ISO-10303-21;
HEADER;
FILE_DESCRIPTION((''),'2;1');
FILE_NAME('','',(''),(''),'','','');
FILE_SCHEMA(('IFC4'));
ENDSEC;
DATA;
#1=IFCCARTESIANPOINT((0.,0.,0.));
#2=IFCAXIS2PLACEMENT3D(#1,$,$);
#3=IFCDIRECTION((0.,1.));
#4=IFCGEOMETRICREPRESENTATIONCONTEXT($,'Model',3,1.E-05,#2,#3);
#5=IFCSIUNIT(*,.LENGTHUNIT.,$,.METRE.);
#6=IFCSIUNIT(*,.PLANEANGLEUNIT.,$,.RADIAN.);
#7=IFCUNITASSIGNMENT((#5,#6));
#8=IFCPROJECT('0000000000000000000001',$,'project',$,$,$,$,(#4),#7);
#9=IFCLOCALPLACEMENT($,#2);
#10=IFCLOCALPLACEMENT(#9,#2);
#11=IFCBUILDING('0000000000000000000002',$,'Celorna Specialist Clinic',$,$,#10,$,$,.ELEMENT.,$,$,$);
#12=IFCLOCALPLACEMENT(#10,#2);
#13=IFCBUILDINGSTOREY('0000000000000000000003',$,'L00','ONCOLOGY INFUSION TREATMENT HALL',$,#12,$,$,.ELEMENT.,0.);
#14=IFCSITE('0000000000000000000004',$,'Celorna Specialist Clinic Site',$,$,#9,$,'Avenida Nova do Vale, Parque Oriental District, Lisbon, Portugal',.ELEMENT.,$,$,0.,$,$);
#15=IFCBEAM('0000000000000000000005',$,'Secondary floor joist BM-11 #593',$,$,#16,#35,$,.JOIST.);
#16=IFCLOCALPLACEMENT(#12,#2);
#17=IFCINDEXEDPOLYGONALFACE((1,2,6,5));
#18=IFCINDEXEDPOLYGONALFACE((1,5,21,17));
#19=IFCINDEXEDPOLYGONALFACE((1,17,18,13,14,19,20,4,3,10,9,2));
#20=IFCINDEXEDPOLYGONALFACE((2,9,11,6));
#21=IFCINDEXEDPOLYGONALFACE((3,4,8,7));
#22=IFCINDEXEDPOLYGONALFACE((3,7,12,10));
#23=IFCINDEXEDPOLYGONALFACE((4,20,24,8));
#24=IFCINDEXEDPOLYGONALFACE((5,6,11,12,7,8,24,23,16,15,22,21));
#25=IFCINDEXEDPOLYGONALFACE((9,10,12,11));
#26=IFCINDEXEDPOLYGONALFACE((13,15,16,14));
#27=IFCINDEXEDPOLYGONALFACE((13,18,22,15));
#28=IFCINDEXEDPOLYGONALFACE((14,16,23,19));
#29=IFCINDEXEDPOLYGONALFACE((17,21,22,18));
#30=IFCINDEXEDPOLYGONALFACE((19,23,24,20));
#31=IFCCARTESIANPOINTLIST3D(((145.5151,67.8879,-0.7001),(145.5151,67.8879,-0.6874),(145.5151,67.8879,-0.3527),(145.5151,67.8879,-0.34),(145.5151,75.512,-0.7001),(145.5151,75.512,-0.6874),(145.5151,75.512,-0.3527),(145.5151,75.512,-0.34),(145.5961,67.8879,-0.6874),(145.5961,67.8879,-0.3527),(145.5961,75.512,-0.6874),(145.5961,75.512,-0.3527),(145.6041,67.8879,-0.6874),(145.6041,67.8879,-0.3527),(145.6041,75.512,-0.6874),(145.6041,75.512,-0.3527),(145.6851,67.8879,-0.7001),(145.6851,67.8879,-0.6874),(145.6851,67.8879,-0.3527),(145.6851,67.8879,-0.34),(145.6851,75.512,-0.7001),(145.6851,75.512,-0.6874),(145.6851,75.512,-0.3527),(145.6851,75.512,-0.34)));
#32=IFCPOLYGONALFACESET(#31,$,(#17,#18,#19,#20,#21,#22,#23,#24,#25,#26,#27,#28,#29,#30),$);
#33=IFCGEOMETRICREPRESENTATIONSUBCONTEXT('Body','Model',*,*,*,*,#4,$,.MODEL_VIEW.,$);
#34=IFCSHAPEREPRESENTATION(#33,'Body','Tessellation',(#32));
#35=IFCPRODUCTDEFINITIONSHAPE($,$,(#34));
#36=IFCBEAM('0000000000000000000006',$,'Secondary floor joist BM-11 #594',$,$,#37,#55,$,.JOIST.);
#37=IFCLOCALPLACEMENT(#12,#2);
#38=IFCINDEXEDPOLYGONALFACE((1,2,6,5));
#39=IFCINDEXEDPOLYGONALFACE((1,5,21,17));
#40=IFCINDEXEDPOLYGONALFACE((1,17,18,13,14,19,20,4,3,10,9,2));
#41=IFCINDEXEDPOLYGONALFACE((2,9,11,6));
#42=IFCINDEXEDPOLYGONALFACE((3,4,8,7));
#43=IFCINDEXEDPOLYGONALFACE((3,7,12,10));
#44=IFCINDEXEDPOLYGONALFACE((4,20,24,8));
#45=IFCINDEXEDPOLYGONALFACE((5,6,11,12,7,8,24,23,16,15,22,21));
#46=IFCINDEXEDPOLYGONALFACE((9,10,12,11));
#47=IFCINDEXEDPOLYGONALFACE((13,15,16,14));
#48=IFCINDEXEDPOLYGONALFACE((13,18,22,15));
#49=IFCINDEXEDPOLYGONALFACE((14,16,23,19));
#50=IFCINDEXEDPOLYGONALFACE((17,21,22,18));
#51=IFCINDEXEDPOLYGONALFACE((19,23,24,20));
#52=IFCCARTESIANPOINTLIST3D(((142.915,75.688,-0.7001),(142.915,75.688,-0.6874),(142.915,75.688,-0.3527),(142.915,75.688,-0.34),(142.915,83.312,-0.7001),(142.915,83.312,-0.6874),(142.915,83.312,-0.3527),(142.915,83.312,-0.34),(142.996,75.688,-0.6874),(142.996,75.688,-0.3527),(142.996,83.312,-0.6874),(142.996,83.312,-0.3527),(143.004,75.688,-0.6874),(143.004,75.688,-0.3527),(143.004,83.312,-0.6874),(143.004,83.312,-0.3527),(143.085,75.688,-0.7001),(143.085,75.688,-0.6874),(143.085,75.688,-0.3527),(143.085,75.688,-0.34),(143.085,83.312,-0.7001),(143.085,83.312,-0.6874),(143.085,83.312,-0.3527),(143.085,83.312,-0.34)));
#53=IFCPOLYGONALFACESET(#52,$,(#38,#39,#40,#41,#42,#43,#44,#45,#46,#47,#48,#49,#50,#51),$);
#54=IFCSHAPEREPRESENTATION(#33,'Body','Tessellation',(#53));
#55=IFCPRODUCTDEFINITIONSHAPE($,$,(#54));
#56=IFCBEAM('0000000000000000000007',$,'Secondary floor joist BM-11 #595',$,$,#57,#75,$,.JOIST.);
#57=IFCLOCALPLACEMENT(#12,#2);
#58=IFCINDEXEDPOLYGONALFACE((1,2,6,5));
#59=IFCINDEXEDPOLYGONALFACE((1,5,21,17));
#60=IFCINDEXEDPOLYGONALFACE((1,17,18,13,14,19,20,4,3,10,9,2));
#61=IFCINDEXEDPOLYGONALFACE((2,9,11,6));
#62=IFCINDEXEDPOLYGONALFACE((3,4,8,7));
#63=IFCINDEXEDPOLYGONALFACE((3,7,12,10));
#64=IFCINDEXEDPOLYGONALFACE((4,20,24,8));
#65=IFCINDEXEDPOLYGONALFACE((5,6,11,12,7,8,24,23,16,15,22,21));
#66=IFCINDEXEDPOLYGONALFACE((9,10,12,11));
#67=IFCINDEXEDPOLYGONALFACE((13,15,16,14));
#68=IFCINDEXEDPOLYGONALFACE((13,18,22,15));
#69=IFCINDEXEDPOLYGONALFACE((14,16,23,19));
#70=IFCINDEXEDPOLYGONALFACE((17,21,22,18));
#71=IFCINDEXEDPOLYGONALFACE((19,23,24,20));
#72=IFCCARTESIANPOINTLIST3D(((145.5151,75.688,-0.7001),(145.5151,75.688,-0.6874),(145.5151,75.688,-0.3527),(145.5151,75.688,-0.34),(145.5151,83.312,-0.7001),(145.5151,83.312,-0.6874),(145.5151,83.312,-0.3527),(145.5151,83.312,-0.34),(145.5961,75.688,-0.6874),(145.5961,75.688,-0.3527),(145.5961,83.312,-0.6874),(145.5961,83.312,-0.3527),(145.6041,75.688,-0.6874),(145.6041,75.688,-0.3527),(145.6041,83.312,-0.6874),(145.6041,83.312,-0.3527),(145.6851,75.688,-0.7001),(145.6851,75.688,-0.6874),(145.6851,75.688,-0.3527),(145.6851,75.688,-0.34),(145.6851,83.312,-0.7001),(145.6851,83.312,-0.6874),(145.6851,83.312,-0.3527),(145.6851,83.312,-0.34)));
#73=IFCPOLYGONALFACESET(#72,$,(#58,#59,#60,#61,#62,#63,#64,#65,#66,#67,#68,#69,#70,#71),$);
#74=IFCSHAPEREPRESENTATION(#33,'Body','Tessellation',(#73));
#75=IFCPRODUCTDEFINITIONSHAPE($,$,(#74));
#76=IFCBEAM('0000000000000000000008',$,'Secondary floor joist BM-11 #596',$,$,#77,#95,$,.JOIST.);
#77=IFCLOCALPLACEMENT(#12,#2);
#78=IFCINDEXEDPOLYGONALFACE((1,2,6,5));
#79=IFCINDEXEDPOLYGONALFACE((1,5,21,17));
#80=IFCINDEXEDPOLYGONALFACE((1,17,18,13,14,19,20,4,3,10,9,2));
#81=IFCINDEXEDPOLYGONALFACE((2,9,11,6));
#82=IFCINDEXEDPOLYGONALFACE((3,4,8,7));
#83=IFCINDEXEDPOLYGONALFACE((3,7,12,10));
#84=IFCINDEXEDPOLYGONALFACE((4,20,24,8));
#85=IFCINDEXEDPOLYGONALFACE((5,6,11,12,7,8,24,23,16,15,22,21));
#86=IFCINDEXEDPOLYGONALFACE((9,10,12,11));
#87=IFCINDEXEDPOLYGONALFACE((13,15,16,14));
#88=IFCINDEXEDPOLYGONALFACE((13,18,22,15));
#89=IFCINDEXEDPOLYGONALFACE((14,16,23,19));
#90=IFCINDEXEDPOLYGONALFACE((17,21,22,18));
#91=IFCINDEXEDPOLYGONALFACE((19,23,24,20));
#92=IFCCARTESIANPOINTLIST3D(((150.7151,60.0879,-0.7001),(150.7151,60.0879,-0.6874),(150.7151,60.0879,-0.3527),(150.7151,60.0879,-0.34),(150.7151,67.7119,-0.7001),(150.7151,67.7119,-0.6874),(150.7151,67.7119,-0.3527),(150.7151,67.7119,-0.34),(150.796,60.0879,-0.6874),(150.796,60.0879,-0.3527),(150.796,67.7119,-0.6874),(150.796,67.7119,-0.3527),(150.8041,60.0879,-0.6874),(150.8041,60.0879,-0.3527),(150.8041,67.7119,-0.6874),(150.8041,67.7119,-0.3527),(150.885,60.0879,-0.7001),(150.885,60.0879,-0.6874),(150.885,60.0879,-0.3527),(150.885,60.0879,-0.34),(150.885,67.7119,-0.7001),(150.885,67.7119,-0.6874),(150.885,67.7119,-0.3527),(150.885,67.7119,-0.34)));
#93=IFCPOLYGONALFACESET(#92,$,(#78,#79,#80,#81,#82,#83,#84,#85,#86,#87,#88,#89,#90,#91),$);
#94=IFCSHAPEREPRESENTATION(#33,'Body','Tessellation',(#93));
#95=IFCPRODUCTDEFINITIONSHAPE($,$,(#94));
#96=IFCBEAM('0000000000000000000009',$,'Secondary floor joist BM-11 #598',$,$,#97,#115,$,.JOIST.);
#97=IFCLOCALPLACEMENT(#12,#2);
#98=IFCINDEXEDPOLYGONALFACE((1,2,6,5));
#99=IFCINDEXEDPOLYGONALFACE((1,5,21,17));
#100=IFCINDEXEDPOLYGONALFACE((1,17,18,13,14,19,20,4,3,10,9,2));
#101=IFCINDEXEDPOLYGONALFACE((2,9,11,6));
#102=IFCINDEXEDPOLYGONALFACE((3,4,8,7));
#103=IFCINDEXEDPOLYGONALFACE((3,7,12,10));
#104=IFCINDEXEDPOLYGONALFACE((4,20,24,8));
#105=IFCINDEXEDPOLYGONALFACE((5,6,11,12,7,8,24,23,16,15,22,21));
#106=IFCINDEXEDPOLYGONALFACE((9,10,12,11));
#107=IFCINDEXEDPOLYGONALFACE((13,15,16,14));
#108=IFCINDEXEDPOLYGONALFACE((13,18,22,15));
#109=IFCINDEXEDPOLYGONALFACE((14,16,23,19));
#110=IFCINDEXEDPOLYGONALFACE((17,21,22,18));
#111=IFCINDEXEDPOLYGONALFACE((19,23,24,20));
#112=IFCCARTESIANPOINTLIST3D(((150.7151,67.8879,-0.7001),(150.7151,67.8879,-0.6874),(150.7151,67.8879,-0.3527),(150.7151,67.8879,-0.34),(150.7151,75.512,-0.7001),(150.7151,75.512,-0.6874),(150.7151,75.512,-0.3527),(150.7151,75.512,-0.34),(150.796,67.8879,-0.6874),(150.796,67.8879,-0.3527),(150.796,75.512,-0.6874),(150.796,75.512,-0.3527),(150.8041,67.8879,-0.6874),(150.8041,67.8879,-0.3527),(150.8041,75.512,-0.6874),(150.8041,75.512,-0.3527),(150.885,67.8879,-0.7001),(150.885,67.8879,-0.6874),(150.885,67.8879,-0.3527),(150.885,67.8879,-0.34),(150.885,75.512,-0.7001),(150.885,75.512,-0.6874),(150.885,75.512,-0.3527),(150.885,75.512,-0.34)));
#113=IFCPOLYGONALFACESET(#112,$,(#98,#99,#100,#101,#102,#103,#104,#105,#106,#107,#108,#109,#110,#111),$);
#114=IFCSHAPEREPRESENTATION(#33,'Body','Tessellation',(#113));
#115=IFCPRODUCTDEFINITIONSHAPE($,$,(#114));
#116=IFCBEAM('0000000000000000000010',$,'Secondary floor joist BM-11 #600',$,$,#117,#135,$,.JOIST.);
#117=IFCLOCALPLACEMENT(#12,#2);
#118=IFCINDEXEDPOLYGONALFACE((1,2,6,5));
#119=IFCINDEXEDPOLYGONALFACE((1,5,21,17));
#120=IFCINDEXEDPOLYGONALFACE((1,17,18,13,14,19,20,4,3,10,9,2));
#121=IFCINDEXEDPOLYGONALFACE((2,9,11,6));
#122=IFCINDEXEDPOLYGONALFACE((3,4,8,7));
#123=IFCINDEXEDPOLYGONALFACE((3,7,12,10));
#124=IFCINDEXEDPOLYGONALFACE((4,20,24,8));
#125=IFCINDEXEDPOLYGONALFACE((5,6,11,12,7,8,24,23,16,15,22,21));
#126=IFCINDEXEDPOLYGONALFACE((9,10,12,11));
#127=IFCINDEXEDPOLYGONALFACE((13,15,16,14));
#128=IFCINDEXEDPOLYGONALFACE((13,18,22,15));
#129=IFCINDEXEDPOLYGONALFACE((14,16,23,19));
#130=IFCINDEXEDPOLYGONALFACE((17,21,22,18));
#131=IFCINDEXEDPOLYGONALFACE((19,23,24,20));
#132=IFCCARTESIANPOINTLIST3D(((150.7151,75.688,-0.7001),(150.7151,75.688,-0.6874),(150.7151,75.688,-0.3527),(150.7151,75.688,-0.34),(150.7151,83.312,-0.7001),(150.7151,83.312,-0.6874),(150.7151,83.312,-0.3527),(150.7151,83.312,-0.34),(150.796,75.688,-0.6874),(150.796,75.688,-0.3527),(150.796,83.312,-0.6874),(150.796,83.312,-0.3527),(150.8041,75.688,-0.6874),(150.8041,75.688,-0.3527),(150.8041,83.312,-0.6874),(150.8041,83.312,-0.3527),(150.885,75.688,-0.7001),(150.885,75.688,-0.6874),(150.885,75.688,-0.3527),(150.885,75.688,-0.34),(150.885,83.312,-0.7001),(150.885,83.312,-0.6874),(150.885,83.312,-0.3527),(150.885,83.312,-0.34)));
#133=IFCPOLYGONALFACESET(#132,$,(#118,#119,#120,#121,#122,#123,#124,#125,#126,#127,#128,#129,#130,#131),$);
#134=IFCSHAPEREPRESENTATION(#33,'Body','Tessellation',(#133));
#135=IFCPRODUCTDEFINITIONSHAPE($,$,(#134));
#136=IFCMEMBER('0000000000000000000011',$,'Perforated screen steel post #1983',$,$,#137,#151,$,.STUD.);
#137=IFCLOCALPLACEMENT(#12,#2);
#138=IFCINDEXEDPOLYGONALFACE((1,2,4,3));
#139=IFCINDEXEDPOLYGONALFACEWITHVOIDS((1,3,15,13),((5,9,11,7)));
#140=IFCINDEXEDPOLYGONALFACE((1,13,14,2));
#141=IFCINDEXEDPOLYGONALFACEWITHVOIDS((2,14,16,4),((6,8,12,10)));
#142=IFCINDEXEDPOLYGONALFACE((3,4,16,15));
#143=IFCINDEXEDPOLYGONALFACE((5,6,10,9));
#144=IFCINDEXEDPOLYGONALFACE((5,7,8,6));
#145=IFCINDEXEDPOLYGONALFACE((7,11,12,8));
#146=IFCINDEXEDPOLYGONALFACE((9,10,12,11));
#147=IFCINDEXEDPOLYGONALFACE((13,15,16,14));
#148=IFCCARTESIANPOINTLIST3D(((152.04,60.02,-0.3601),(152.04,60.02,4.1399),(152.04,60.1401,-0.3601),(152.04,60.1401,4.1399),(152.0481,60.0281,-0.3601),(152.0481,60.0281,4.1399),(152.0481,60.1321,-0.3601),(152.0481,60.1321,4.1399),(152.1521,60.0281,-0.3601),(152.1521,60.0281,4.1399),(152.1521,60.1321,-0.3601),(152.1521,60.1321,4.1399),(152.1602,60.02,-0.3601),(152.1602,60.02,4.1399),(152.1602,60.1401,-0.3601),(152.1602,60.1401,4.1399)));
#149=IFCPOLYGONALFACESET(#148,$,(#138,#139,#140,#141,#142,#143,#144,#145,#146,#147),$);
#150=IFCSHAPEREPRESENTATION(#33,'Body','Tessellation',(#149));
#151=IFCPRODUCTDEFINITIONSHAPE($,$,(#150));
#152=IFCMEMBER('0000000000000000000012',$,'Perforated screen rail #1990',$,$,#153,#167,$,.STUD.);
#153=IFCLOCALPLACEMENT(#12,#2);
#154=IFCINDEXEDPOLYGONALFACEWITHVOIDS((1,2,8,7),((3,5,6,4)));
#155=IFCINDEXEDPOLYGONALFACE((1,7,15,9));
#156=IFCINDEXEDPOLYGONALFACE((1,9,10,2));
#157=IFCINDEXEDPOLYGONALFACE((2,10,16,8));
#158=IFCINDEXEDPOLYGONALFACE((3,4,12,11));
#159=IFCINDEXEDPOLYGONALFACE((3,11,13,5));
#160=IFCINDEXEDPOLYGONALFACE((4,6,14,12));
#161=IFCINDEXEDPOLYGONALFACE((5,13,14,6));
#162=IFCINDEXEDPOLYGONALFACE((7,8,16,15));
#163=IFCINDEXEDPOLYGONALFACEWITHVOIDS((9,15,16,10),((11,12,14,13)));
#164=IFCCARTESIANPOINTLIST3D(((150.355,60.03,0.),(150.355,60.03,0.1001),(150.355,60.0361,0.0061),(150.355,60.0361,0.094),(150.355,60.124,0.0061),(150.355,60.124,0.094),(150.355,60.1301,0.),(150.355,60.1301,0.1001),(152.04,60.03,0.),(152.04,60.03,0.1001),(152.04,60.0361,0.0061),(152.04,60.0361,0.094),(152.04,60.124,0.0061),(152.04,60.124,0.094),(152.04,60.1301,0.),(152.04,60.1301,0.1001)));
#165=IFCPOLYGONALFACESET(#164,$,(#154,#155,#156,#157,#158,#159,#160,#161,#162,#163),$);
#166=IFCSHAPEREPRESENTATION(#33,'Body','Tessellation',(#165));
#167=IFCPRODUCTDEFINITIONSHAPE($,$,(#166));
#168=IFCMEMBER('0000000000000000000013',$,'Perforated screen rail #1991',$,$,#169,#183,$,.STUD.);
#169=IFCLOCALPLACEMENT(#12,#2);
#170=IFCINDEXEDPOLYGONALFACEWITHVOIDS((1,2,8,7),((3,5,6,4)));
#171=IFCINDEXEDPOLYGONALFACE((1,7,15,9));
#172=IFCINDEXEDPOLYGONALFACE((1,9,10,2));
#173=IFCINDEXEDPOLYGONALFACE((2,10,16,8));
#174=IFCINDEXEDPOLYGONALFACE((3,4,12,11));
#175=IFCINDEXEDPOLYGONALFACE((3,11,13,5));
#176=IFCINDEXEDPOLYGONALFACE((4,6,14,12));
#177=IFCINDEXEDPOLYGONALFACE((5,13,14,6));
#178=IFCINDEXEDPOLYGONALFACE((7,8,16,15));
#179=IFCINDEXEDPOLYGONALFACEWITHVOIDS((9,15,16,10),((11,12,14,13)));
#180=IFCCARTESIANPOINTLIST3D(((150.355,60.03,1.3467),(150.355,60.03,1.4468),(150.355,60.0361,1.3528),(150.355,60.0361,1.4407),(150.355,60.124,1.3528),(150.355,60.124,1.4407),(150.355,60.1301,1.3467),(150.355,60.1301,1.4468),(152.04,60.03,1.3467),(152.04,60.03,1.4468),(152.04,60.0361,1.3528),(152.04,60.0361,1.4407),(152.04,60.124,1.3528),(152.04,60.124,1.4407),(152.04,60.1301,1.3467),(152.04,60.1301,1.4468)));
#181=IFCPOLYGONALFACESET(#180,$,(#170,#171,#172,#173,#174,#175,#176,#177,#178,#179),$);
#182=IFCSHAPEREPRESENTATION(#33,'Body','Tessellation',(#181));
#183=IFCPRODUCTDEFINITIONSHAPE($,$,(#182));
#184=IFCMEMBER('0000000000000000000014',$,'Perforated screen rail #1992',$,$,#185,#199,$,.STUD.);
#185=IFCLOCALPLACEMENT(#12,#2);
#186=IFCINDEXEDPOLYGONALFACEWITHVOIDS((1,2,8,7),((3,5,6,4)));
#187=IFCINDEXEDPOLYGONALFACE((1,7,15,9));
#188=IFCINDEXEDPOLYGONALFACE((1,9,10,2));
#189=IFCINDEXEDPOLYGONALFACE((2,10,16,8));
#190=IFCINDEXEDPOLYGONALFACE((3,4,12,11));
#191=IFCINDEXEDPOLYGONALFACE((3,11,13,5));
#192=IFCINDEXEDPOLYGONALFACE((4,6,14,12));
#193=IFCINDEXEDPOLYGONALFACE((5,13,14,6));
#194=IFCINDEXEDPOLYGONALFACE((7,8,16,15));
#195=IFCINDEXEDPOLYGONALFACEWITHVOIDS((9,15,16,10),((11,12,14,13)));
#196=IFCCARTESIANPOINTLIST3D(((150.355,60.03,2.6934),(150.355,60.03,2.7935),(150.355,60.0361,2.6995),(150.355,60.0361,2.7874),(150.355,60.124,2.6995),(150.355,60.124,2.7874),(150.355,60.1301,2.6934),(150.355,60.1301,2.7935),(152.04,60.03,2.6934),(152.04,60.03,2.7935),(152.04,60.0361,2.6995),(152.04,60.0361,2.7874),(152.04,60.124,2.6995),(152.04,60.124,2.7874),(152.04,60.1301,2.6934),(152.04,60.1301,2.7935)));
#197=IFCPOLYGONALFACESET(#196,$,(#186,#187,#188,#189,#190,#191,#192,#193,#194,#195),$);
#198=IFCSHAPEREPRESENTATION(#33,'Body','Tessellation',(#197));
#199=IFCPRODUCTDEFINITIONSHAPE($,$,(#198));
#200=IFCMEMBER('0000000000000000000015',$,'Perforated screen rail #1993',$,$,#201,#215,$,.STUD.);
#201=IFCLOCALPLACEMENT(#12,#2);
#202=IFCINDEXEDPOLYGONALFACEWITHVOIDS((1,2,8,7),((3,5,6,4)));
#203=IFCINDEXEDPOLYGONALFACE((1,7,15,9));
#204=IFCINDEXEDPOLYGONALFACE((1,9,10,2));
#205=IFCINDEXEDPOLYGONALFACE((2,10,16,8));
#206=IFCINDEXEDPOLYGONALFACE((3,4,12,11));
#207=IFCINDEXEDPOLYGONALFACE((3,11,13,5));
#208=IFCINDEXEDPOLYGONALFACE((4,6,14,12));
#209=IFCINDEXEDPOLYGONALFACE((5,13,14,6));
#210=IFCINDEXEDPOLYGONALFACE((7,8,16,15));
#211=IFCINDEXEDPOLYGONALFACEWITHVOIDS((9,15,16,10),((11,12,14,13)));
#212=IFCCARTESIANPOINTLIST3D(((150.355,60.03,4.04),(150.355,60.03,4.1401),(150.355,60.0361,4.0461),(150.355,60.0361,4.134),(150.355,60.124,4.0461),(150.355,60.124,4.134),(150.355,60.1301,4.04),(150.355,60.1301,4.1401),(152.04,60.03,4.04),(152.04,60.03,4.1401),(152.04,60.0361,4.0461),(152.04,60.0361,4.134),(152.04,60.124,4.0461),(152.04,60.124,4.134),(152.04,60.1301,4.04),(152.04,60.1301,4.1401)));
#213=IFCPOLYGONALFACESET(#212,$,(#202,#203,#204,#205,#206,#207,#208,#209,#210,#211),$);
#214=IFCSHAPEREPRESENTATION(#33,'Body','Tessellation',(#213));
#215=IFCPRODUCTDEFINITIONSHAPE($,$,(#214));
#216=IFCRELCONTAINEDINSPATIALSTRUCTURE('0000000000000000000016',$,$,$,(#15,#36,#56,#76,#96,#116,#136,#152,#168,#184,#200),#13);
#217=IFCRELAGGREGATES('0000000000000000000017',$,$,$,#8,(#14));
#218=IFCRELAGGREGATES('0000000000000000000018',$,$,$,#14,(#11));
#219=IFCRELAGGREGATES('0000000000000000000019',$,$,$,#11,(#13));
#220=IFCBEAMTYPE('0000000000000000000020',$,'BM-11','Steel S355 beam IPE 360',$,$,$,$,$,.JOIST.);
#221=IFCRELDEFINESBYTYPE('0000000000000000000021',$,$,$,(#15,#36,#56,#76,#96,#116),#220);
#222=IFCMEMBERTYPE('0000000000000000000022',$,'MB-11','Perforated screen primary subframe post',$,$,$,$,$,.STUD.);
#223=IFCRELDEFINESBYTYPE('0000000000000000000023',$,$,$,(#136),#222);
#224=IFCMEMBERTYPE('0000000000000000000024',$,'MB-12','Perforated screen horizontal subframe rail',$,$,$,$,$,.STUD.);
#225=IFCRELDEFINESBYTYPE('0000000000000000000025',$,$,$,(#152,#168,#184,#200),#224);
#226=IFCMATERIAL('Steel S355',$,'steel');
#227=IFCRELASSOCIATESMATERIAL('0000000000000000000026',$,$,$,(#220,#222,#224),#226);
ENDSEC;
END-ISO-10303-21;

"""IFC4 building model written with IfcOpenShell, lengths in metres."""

from ifc_helpers import new_model, si_unit, direction, frame, origin, origin_2d, place, context, subcontext, project, spatial, hollow_rectangle, i_section, extrude, material, material_profile, profile_set, type_object, element, save


model = new_model("IFC4")

# Units and contexts
model_context = context("Model", 3, precision=1e-05, world=origin(), true_north=direction((0.0, 1.0)))
body_context = subcontext(model_context, "Body", "Model", "MODEL_VIEW")
ifc_project = project(units=[si_unit("LENGTHUNIT", "METRE"), si_unit("PLANEANGLEUNIT", "RADIAN")], contexts=[model_context])

# Site, building, storey
site_placement = place(None, origin())
site = spatial("IfcSite", under=ifc_project, at=site_placement, Name="Celorna Specialist Clinic Site", LongName="Avenida Nova do Vale, Parque Oriental District, Lisbon, Portugal", CompositionType="ELEMENT", RefElevation=0.0)
building_placement = place(site_placement, origin())
building = spatial("IfcBuilding", under=site, at=building_placement, Name="Celorna Specialist Clinic", CompositionType="ELEMENT")
storey_placement = place(building_placement, origin())
storey = spatial("IfcBuildingStorey", under=building, at=storey_placement, Name="L00", Description="ONCOLOGY INFUSION TREATMENT HALL", CompositionType="ELEMENT", Elevation=0.0)

# Shared definitions
ifc_material_1 = material(Name="Steel S355", Category="steel")

# Beams
ifc_material_profile_1 = material_profile(ifc_material_1, i_section(OverallWidth=0.1699, OverallDepth=0.3601, WebThickness=0.0081, FlangeThickness=0.0127, at=origin_2d()), Name="IPE 360")
ifc_profile_set_1 = profile_set([ifc_material_profile_1], Name="Steel S355")
beam_type_1 = type_object("IfcBeamType", Name="BM-11", Description="Steel S355 beam IPE 360", PredefinedType="JOIST", material=ifc_profile_set_1)
for number, where, z_axis, x_axis, name in (
    (1, (145.6001, 67.8879, -0.52), (0.0, 1.0, 0.0), (-1.0, 0.0, 0.0), "Secondary floor joist BM-11 #593"),
    (2, (143.0, 75.688, -0.52), (0.0, 1.0, 0.0), (-1.0, 0.0, 0.0), "Secondary floor joist BM-11 #594"),
    (3, (145.6001, 75.688, -0.52), (0.0, 1.0, 0.0), (-1.0, 0.0, 0.0), "Secondary floor joist BM-11 #595"),
    (4, (150.8, 60.0879, -0.52), (0.0, 1.0, 0.0), (-1.0, 0.0, 0.0), "Secondary floor joist BM-11 #596"),
    (5, (150.8, 67.8879, -0.52), (0.0, 1.0, 0.0), (-1.0, 0.0, 0.0), "Secondary floor joist BM-11 #598"),
    (6, (150.8, 75.688, -0.52), (0.0, 1.0, 0.0), (-1.0, 0.0, 0.0), "Secondary floor joist BM-11 #600"),
):
    element("IfcBeam", number, at=place(storey_placement, frame(where, z_axis=z_axis, x_axis=x_axis)), inside=storey, type_object=beam_type_1, Name=name, PredefinedType="JOIST", context=body_context, shape_type="SweptSolid", body=[
        extrude(i_section(OverallWidth=0.1699, OverallDepth=0.3601, WebThickness=0.0081, FlangeThickness=0.0127, at=origin_2d()), origin(), (0.0, 0.0, 1.0), 7.624),
    ])

# Members
ifc_material_profile_2 = material_profile(ifc_material_1, hollow_rectangle(XDim=0.1201, YDim=0.1201, WallThickness=0.0081, at=origin_2d()), Name="SHS 120x120x8")
ifc_profile_set_2 = profile_set([ifc_material_profile_2], Name="Steel S355")
member_type_1 = type_object("IfcMemberType", Name="MB-11", Description="Perforated screen primary subframe post", PredefinedType="STUD", material=ifc_profile_set_2)
member_placement = place(storey_placement, frame((152.1001, 60.0801, -0.3601), z_axis=(0.0, 0.0, 1.0), x_axis=(1.0, 0.0, 0.0)))
element("IfcMember", 7, at=member_placement, inside=storey, type_object=member_type_1, Name="Perforated screen steel post #1983", PredefinedType="STUD", context=body_context, shape_type="SweptSolid", body=[
    extrude(hollow_rectangle(XDim=0.1201, YDim=0.1201, WallThickness=0.0081, at=origin_2d()), origin(), (0.0, 0.0, 1.0), 4.5),
])
ifc_material_profile_3 = material_profile(ifc_material_1, hollow_rectangle(XDim=0.1001, YDim=0.1001, WallThickness=0.0061, at=origin_2d()), Name="SHS 100x100x6")
ifc_profile_set_3 = profile_set([ifc_material_profile_3], Name="Steel S355")
member_type_2 = type_object("IfcMemberType", Name="MB-12", Description="Perforated screen horizontal subframe rail", PredefinedType="STUD", material=ifc_profile_set_3)
for number, where, z_axis, x_axis, name in (
    (8, (150.355, 60.0801, 0.05), (1.0, 0.0, 0.0), (0.0, 1.0, 0.0), "Perforated screen rail #1990"),
    (9, (150.355, 60.0801, 1.3967), (1.0, 0.0, 0.0), (0.0, 1.0, 0.0), "Perforated screen rail #1991"),
    (10, (150.355, 60.0801, 2.7434), (1.0, 0.0, 0.0), (0.0, 1.0, 0.0), "Perforated screen rail #1992"),
    (11, (150.355, 60.0801, 4.0901), (1.0, 0.0, 0.0), (0.0, 1.0, 0.0), "Perforated screen rail #1993"),
):
    element("IfcMember", number, at=place(storey_placement, frame(where, z_axis=z_axis, x_axis=x_axis)), inside=storey, type_object=member_type_2, Name=name, PredefinedType="STUD", context=body_context, shape_type="SweptSolid", body=[
        extrude(hollow_rectangle(XDim=0.1001, YDim=0.1001, WallThickness=0.0061, at=origin_2d()), origin(), (0.0, 0.0, 1.0), 1.6851),
    ])

save(model, "model.ifc")
